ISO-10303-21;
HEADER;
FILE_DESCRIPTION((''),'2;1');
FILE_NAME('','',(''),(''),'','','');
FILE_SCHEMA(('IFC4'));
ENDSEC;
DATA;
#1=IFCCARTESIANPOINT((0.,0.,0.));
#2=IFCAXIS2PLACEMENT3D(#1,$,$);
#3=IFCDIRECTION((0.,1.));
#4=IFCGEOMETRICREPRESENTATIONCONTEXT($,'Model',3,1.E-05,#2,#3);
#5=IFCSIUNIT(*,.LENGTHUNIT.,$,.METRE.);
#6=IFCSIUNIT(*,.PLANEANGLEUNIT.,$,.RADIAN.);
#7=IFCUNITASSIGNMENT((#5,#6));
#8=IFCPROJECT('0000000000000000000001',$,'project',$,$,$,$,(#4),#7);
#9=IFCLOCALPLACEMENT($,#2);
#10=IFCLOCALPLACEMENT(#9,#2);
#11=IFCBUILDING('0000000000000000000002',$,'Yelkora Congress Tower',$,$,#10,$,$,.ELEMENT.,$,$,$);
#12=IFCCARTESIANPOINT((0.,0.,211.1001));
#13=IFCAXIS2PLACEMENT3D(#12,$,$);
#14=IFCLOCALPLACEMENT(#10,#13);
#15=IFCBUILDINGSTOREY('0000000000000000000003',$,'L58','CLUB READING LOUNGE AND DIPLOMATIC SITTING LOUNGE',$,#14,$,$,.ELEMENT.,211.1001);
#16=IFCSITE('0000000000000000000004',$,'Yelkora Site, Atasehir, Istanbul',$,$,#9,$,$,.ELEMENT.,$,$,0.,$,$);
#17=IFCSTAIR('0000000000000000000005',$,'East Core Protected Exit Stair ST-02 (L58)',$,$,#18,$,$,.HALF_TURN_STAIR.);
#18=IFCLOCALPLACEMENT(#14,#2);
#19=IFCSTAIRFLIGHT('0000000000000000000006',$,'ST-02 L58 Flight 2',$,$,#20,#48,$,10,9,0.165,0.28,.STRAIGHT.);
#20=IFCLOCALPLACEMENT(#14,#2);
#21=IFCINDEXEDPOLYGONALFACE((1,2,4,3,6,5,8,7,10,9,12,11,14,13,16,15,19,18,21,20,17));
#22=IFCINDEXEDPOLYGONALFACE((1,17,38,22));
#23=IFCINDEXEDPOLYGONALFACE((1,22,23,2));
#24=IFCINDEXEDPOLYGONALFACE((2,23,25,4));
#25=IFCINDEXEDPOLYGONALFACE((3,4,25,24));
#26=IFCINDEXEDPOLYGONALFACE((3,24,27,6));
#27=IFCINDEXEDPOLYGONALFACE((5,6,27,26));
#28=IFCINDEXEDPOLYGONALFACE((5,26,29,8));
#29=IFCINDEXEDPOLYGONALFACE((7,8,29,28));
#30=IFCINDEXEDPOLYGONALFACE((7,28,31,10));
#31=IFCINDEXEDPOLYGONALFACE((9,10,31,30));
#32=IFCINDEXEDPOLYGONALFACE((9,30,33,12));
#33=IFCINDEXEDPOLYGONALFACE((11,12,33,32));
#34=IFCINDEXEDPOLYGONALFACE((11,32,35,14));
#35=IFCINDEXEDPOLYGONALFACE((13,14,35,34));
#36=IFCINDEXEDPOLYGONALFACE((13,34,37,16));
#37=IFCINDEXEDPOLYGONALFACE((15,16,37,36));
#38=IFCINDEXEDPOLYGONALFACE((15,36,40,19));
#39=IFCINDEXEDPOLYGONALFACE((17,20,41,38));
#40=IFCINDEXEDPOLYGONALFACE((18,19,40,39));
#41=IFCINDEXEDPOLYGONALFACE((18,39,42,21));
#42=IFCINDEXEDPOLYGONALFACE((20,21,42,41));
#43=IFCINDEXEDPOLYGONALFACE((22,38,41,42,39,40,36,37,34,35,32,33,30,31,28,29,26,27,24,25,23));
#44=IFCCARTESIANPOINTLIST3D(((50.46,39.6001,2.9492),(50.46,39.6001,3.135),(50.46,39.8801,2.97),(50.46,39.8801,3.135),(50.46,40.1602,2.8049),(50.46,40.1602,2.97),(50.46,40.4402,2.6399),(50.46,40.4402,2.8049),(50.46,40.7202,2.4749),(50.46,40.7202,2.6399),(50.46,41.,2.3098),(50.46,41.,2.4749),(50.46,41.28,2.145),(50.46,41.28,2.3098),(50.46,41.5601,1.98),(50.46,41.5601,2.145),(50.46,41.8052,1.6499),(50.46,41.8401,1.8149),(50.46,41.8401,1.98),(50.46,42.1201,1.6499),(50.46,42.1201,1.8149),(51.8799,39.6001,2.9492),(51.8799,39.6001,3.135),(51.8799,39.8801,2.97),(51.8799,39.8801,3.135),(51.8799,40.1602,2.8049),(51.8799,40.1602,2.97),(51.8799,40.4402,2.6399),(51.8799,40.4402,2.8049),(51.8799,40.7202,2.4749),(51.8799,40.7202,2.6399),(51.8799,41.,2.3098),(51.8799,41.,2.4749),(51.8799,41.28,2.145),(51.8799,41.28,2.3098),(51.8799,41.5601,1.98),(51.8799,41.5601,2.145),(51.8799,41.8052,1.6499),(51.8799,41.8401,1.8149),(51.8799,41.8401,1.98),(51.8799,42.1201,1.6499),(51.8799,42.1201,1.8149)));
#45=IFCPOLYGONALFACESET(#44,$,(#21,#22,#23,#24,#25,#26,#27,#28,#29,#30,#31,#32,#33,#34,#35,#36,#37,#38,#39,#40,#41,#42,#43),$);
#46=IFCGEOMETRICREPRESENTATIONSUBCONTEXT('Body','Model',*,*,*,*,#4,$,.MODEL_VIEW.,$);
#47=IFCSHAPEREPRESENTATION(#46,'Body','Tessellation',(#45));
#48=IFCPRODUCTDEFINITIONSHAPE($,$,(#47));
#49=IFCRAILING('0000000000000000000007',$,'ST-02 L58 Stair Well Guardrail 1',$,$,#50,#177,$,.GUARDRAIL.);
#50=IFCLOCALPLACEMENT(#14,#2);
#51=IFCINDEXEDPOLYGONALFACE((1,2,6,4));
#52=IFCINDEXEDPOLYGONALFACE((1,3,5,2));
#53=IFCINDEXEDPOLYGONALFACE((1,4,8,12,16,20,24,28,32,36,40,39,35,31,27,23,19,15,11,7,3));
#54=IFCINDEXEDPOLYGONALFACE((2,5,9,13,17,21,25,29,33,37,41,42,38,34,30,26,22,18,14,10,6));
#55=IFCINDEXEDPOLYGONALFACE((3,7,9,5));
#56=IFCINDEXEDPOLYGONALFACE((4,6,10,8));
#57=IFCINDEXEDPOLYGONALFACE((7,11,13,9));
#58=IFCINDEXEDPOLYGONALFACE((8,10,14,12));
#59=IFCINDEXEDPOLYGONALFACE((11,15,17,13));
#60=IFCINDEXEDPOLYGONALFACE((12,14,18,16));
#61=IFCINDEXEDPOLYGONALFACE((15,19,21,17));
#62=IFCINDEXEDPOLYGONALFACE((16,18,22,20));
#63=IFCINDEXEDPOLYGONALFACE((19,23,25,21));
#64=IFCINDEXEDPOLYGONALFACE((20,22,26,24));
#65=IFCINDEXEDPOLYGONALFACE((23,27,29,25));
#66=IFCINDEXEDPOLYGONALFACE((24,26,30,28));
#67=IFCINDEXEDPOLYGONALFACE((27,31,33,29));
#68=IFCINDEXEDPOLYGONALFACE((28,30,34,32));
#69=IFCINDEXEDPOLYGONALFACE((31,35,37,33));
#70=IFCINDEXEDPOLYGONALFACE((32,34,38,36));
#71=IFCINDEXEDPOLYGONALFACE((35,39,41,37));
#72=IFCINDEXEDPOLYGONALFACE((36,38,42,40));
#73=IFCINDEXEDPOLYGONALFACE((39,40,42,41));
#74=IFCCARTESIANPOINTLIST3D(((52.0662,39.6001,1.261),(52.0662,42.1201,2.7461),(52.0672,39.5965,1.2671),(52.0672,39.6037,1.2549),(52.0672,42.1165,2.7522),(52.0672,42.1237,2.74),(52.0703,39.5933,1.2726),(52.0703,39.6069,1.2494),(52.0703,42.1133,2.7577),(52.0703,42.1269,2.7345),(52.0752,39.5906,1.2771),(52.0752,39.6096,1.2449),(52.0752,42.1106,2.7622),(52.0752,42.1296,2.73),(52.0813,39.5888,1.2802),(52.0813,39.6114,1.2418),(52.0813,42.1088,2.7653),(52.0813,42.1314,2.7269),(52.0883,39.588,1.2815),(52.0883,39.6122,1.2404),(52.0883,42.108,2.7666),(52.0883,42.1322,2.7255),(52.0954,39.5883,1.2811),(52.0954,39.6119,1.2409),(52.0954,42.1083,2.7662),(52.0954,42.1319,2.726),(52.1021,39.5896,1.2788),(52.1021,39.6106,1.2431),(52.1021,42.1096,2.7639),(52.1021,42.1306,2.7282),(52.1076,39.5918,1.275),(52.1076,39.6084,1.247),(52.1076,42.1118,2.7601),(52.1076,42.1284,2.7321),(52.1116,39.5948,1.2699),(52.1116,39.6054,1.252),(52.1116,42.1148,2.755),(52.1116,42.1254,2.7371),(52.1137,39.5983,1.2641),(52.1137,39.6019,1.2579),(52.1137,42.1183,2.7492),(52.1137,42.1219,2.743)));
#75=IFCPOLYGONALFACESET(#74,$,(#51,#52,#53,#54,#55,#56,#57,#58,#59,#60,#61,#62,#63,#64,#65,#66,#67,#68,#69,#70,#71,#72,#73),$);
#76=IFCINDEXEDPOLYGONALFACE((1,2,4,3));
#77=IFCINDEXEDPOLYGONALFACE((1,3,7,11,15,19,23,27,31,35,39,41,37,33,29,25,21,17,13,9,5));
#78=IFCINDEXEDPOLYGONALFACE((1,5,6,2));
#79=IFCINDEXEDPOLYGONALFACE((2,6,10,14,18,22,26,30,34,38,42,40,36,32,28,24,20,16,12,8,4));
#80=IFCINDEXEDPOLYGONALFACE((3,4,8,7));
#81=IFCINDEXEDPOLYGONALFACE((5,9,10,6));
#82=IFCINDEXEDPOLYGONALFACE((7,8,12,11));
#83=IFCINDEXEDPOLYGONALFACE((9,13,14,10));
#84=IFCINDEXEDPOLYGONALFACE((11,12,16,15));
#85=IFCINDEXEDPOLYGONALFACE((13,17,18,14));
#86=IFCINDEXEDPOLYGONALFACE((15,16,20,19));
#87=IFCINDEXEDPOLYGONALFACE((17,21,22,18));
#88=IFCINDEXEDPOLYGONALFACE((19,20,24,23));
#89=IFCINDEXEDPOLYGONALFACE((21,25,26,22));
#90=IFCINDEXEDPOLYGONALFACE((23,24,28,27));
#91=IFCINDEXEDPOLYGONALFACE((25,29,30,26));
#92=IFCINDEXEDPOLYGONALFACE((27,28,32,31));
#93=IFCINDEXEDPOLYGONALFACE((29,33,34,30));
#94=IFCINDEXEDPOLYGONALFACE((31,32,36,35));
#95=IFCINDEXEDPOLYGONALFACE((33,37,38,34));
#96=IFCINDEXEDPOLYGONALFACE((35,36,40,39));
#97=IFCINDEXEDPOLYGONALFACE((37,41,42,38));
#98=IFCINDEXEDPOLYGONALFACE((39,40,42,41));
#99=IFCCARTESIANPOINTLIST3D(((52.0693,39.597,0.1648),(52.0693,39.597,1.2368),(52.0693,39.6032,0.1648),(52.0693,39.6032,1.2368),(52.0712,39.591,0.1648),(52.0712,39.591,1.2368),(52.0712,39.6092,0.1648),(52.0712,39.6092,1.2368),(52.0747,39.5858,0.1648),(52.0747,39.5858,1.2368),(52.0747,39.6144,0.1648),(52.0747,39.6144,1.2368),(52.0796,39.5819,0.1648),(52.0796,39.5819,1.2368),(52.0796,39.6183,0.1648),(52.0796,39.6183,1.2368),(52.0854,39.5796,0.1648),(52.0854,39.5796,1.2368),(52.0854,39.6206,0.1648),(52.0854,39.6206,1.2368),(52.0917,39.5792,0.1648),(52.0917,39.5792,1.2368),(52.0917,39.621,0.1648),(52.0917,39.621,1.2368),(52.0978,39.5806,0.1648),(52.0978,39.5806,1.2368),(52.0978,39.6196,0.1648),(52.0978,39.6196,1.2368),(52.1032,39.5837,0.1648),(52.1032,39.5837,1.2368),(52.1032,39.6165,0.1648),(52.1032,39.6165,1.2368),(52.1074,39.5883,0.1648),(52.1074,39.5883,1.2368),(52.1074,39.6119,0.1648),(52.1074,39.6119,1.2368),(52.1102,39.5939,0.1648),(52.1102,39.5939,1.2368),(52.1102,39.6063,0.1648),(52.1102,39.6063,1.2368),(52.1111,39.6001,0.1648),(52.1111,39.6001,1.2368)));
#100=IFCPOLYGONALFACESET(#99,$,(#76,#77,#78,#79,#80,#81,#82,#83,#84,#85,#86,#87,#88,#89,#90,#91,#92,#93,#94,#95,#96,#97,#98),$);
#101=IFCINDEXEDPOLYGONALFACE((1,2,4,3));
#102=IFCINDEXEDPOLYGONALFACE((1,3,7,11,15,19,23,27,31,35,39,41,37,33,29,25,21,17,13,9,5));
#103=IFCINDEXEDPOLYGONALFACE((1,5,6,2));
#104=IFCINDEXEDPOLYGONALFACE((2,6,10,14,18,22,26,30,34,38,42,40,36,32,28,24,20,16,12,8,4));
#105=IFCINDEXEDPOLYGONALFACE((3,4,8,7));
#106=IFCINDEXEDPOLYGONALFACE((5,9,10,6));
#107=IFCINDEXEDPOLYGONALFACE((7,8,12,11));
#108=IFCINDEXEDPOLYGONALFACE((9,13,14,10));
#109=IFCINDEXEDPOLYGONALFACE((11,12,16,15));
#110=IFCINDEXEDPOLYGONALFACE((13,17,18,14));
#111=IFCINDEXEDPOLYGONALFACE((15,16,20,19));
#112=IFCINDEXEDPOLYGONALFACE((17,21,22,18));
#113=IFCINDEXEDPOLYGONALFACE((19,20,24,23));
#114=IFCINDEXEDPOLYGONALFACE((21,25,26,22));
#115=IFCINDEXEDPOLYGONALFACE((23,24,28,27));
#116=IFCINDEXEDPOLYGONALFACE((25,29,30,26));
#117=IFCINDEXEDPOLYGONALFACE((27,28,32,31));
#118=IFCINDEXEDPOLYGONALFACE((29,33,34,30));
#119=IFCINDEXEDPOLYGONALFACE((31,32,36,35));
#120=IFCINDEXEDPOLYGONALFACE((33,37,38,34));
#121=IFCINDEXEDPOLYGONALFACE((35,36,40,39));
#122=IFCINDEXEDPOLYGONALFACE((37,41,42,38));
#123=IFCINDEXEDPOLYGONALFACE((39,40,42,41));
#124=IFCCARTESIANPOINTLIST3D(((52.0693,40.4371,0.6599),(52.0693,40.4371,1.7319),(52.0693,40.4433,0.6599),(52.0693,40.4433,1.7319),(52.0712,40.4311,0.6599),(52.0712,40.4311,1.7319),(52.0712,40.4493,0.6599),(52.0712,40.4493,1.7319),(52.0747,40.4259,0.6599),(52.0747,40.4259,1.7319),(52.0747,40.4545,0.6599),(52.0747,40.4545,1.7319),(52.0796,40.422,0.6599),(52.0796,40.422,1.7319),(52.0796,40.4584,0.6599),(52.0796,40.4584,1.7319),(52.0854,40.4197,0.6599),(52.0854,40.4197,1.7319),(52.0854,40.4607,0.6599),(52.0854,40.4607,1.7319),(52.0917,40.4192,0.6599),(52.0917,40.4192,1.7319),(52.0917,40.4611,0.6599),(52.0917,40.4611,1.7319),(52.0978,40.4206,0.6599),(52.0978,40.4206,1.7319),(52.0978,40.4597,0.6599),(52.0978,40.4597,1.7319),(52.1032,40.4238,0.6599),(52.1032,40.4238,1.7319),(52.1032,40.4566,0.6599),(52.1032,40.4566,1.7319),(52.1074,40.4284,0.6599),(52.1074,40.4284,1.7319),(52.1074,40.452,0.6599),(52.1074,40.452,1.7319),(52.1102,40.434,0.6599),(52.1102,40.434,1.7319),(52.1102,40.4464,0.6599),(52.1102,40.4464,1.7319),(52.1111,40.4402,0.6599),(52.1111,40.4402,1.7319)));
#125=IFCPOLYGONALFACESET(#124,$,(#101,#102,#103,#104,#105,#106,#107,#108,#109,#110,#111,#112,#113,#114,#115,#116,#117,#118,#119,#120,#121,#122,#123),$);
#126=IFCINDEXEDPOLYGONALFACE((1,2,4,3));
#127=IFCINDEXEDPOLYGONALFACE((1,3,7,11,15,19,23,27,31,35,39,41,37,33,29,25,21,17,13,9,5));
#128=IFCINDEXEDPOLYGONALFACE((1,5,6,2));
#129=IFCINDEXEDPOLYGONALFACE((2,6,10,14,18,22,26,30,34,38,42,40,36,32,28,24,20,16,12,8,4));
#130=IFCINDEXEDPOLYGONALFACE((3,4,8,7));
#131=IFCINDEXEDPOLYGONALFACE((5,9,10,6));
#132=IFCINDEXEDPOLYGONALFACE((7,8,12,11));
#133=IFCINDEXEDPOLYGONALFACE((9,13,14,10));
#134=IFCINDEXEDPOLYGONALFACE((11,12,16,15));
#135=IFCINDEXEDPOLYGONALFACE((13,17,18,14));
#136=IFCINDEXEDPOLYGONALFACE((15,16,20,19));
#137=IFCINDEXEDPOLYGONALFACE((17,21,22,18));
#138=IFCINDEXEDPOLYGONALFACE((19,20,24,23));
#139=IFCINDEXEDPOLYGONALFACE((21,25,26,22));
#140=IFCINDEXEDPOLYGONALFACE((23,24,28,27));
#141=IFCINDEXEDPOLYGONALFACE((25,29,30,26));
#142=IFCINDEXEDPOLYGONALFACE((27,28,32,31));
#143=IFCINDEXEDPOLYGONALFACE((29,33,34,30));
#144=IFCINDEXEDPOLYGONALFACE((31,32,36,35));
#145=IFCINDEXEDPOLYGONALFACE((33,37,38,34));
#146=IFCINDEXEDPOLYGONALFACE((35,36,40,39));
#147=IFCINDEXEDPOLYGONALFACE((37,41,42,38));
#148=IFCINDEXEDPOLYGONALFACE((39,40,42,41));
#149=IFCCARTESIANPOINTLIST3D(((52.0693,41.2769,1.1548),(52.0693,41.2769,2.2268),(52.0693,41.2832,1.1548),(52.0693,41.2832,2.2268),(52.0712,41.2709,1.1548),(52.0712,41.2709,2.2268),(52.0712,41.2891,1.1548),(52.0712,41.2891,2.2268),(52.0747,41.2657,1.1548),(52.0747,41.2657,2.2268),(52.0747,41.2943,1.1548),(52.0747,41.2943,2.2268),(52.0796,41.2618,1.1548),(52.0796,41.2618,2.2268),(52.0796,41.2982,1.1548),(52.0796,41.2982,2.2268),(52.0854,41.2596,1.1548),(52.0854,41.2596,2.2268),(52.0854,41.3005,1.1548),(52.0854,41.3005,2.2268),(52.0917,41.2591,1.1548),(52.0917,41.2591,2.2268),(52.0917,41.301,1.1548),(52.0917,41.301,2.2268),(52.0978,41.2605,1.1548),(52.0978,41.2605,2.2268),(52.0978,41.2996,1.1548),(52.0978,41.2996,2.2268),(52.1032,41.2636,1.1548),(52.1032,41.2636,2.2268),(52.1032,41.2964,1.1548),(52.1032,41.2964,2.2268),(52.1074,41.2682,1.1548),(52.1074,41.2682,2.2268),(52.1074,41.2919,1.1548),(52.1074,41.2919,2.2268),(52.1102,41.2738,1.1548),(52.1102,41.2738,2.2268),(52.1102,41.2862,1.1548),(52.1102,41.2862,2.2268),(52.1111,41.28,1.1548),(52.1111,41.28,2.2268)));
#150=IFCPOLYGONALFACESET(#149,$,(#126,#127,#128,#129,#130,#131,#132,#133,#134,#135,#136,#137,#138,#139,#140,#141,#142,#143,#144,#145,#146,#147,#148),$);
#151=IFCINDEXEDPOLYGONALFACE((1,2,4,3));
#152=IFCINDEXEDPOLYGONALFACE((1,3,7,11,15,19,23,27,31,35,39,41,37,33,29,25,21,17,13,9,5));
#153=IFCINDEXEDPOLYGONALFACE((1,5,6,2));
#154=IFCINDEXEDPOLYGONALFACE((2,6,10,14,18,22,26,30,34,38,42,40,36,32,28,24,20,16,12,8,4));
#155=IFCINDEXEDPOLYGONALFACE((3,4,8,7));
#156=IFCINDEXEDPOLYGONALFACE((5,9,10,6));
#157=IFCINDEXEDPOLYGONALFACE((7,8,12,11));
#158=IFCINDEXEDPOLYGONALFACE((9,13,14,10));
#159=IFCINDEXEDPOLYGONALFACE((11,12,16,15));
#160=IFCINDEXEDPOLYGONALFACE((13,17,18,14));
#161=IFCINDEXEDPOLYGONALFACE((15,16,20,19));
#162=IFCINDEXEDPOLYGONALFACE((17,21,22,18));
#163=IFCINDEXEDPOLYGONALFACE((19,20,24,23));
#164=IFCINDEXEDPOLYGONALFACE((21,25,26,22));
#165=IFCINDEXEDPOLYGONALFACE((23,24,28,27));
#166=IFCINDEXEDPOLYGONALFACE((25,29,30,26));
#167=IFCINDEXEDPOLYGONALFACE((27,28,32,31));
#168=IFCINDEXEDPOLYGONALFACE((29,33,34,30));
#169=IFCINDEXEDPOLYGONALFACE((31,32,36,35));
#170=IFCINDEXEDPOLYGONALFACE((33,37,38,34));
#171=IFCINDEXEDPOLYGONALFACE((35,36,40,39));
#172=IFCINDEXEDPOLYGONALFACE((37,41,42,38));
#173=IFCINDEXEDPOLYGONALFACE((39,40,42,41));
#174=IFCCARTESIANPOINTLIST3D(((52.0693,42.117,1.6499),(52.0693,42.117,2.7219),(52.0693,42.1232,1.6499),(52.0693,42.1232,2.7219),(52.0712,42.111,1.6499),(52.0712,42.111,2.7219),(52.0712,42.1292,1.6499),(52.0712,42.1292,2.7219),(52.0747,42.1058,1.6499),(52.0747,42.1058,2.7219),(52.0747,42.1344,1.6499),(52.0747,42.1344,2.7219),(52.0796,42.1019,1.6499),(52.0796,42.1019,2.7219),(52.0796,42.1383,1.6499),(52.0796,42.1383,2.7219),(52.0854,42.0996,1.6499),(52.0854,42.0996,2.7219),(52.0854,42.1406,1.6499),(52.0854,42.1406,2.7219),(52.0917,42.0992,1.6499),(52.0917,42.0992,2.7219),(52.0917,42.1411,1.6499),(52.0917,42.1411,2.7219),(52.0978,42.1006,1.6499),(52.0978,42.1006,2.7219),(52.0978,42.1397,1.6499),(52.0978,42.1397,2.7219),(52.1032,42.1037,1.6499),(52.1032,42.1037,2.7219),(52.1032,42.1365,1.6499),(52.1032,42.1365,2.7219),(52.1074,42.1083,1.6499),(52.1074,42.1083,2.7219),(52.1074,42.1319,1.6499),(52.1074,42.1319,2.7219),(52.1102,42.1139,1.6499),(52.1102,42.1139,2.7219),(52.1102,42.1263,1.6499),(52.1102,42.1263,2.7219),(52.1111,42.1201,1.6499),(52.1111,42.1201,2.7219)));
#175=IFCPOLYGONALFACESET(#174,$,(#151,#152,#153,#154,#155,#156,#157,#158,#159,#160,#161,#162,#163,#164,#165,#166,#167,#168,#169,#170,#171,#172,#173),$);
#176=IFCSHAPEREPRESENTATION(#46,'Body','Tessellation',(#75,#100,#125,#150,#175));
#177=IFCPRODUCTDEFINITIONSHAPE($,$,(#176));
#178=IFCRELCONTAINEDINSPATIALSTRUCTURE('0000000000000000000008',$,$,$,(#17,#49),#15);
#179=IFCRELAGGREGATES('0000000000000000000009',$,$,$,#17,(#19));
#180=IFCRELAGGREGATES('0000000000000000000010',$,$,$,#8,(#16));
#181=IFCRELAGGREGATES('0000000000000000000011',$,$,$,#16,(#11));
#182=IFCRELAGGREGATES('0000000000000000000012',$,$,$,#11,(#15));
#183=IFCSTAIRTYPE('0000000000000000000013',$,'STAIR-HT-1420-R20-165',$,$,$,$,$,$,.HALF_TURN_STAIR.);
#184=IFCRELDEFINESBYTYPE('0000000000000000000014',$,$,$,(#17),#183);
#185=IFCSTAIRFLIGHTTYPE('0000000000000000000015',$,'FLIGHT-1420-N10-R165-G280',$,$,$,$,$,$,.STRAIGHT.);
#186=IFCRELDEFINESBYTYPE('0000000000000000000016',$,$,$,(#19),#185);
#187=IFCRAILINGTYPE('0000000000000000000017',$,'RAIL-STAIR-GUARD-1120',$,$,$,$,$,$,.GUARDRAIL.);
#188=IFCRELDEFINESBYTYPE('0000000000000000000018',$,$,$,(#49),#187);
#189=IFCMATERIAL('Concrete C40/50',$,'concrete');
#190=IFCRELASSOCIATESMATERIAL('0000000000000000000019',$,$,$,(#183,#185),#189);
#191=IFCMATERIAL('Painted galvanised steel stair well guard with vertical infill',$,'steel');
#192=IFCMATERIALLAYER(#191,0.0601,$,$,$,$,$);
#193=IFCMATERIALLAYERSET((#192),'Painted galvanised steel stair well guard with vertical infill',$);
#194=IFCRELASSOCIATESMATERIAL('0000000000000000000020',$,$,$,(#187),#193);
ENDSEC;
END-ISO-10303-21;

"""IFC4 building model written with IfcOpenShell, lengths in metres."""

from ifc_helpers import new_model, si_unit, direction, frame, origin, origin_2d, place, context, subcontext, project, spatial, polyline, circle, outline, extrude, material, layer, layer_set, type_object, element, aggregate, save


model = new_model("IFC4")

# Units and contexts
model_context = context("Model", 3, precision=1e-05, world=origin(), true_north=direction((0.0, 1.0)))
body_context = subcontext(model_context, "Body", "Model", "MODEL_VIEW")
ifc_project = project(units=[si_unit("LENGTHUNIT", "METRE"), si_unit("PLANEANGLEUNIT", "RADIAN")], contexts=[model_context])

# Site, building, storey
site_placement = place(None, origin())
site = spatial("IfcSite", under=ifc_project, at=site_placement, Name="Yelkora Site, Atasehir, Istanbul", CompositionType="ELEMENT", RefElevation=0.0)
building_placement = place(site_placement, origin())
building = spatial("IfcBuilding", under=site, at=building_placement, Name="Yelkora Congress Tower", CompositionType="ELEMENT")
storey_placement = place(building_placement, frame((0.0, 0.0, 211.1001)))
storey = spatial("IfcBuildingStorey", under=building, at=storey_placement, Name="L58", Description="CLUB READING LOUNGE AND DIPLOMATIC SITTING LOUNGE", CompositionType="ELEMENT", Elevation=211.1001)

# Stair, stair flight
ifc_material_1 = material(Name="Concrete C40/50", Category="concrete")
stair_type = type_object("IfcStairType", Name="STAIR-HT-1420-R20-165", PredefinedType="HALF_TURN_STAIR", material=ifc_material_1)
stair_placement = place(storey_placement, origin())
stair = element("IfcStair", 1, at=stair_placement, inside=storey, type_object=stair_type, Name="East Core Protected Exit Stair ST-02 (L58)", PredefinedType="HALF_TURN_STAIR")
stair_flight_type = type_object("IfcStairFlightType", Name="FLIGHT-1420-N10-R165-G280", PredefinedType="STRAIGHT", material=ifc_material_1)
stair_flight_placement = place(storey_placement, frame((51.1699, 42.1201, 1.6499), z_axis=(0.0, 0.0, 1.0), x_axis=(0.0, -1.0, 0.0)))
stair_flight = element("IfcStairFlight", 2, at=stair_flight_placement, type_object=stair_flight_type, Name="ST-02 L58 Flight 2", NumberOfRisers=10, NumberOfTreads=9, PredefinedType="STRAIGHT", RiserHeight=0.165, TreadLength=0.28, context=body_context, shape_type="SweptSolid", body=[
    extrude(outline(polyline([(0.0, 0.0), (0.0, 0.165), (0.28, 0.165), (0.28, 0.3301), (0.5601, 0.3301), (0.5601, 0.4951), (0.8401, 0.4951), (0.8401, 0.6599), (1.1201, 0.6599), (1.1201, 0.825), (1.3999, 0.825), (1.3999, 0.99), (1.6799, 0.99), (1.6799, 1.155), (1.96, 1.155), (1.96, 1.3201), (2.24, 1.3201), (2.24, 1.4851), (2.52, 1.4851), (2.52, 1.6499), (2.52, 1.2993), (0.3149, 0.0), (0.0, 0.0)])), frame((0.0, 0.71, 0.0), z_axis=(0.0, -1.0, 0.0), x_axis=(1.0, 0.0, 0.0)), (0.0, 0.0, 1.0), 1.4199),
])
aggregate(stair, [stair_flight])

# Railing
ifc_material_2 = material(Name="Painted galvanised steel stair well guard with vertical infill", Category="steel")
ifc_layer_1 = layer(ifc_material_2, 0.0601)
ifc_layer_set_1 = layer_set([ifc_layer_1], Name="Painted galvanised steel stair well guard with vertical infill")
railing_type_1 = type_object("IfcRailingType", Name="RAIL-STAIR-GUARD-1120", PredefinedType="GUARDRAIL", material=ifc_layer_set_1)
railing_1_placement = place(storey_placement, frame((52.0901, 39.6001, 0.1648)))
element("IfcRailing", 3, at=railing_1_placement, inside=storey, type_object=railing_type_1, Name="ST-02 L58 Stair Well Guardrail 1", PredefinedType="GUARDRAIL", context=body_context, shape_type="SweptSolid", body=[
    extrude(circle(Radius=0.0239, at=origin_2d()), frame((0.0, 0.0, 1.0962), z_axis=(0.0, 0.861524, 0.507717), x_axis=(-1.0, 0.0, 0.0)), (0.0, 0.0, 1.0), 2.925),
    extrude(circle(Radius=0.021, at=origin_2d()), origin(), (0.0, 0.0, 1.0), 1.072),
    extrude(circle(Radius=0.021, at=origin_2d()), frame((0.0, 0.8401, 0.4951)), (0.0, 0.0, 1.0), 1.072),
    extrude(circle(Radius=0.021, at=origin_2d()), frame((0.0, 1.6799, 0.99)), (0.0, 0.0, 1.0), 1.072),
    extrude(circle(Radius=0.021, at=origin_2d()), frame((0.0, 2.52, 1.4851)), (0.0, 0.0, 1.0), 1.072),
])

save(model, "model.ifc")
